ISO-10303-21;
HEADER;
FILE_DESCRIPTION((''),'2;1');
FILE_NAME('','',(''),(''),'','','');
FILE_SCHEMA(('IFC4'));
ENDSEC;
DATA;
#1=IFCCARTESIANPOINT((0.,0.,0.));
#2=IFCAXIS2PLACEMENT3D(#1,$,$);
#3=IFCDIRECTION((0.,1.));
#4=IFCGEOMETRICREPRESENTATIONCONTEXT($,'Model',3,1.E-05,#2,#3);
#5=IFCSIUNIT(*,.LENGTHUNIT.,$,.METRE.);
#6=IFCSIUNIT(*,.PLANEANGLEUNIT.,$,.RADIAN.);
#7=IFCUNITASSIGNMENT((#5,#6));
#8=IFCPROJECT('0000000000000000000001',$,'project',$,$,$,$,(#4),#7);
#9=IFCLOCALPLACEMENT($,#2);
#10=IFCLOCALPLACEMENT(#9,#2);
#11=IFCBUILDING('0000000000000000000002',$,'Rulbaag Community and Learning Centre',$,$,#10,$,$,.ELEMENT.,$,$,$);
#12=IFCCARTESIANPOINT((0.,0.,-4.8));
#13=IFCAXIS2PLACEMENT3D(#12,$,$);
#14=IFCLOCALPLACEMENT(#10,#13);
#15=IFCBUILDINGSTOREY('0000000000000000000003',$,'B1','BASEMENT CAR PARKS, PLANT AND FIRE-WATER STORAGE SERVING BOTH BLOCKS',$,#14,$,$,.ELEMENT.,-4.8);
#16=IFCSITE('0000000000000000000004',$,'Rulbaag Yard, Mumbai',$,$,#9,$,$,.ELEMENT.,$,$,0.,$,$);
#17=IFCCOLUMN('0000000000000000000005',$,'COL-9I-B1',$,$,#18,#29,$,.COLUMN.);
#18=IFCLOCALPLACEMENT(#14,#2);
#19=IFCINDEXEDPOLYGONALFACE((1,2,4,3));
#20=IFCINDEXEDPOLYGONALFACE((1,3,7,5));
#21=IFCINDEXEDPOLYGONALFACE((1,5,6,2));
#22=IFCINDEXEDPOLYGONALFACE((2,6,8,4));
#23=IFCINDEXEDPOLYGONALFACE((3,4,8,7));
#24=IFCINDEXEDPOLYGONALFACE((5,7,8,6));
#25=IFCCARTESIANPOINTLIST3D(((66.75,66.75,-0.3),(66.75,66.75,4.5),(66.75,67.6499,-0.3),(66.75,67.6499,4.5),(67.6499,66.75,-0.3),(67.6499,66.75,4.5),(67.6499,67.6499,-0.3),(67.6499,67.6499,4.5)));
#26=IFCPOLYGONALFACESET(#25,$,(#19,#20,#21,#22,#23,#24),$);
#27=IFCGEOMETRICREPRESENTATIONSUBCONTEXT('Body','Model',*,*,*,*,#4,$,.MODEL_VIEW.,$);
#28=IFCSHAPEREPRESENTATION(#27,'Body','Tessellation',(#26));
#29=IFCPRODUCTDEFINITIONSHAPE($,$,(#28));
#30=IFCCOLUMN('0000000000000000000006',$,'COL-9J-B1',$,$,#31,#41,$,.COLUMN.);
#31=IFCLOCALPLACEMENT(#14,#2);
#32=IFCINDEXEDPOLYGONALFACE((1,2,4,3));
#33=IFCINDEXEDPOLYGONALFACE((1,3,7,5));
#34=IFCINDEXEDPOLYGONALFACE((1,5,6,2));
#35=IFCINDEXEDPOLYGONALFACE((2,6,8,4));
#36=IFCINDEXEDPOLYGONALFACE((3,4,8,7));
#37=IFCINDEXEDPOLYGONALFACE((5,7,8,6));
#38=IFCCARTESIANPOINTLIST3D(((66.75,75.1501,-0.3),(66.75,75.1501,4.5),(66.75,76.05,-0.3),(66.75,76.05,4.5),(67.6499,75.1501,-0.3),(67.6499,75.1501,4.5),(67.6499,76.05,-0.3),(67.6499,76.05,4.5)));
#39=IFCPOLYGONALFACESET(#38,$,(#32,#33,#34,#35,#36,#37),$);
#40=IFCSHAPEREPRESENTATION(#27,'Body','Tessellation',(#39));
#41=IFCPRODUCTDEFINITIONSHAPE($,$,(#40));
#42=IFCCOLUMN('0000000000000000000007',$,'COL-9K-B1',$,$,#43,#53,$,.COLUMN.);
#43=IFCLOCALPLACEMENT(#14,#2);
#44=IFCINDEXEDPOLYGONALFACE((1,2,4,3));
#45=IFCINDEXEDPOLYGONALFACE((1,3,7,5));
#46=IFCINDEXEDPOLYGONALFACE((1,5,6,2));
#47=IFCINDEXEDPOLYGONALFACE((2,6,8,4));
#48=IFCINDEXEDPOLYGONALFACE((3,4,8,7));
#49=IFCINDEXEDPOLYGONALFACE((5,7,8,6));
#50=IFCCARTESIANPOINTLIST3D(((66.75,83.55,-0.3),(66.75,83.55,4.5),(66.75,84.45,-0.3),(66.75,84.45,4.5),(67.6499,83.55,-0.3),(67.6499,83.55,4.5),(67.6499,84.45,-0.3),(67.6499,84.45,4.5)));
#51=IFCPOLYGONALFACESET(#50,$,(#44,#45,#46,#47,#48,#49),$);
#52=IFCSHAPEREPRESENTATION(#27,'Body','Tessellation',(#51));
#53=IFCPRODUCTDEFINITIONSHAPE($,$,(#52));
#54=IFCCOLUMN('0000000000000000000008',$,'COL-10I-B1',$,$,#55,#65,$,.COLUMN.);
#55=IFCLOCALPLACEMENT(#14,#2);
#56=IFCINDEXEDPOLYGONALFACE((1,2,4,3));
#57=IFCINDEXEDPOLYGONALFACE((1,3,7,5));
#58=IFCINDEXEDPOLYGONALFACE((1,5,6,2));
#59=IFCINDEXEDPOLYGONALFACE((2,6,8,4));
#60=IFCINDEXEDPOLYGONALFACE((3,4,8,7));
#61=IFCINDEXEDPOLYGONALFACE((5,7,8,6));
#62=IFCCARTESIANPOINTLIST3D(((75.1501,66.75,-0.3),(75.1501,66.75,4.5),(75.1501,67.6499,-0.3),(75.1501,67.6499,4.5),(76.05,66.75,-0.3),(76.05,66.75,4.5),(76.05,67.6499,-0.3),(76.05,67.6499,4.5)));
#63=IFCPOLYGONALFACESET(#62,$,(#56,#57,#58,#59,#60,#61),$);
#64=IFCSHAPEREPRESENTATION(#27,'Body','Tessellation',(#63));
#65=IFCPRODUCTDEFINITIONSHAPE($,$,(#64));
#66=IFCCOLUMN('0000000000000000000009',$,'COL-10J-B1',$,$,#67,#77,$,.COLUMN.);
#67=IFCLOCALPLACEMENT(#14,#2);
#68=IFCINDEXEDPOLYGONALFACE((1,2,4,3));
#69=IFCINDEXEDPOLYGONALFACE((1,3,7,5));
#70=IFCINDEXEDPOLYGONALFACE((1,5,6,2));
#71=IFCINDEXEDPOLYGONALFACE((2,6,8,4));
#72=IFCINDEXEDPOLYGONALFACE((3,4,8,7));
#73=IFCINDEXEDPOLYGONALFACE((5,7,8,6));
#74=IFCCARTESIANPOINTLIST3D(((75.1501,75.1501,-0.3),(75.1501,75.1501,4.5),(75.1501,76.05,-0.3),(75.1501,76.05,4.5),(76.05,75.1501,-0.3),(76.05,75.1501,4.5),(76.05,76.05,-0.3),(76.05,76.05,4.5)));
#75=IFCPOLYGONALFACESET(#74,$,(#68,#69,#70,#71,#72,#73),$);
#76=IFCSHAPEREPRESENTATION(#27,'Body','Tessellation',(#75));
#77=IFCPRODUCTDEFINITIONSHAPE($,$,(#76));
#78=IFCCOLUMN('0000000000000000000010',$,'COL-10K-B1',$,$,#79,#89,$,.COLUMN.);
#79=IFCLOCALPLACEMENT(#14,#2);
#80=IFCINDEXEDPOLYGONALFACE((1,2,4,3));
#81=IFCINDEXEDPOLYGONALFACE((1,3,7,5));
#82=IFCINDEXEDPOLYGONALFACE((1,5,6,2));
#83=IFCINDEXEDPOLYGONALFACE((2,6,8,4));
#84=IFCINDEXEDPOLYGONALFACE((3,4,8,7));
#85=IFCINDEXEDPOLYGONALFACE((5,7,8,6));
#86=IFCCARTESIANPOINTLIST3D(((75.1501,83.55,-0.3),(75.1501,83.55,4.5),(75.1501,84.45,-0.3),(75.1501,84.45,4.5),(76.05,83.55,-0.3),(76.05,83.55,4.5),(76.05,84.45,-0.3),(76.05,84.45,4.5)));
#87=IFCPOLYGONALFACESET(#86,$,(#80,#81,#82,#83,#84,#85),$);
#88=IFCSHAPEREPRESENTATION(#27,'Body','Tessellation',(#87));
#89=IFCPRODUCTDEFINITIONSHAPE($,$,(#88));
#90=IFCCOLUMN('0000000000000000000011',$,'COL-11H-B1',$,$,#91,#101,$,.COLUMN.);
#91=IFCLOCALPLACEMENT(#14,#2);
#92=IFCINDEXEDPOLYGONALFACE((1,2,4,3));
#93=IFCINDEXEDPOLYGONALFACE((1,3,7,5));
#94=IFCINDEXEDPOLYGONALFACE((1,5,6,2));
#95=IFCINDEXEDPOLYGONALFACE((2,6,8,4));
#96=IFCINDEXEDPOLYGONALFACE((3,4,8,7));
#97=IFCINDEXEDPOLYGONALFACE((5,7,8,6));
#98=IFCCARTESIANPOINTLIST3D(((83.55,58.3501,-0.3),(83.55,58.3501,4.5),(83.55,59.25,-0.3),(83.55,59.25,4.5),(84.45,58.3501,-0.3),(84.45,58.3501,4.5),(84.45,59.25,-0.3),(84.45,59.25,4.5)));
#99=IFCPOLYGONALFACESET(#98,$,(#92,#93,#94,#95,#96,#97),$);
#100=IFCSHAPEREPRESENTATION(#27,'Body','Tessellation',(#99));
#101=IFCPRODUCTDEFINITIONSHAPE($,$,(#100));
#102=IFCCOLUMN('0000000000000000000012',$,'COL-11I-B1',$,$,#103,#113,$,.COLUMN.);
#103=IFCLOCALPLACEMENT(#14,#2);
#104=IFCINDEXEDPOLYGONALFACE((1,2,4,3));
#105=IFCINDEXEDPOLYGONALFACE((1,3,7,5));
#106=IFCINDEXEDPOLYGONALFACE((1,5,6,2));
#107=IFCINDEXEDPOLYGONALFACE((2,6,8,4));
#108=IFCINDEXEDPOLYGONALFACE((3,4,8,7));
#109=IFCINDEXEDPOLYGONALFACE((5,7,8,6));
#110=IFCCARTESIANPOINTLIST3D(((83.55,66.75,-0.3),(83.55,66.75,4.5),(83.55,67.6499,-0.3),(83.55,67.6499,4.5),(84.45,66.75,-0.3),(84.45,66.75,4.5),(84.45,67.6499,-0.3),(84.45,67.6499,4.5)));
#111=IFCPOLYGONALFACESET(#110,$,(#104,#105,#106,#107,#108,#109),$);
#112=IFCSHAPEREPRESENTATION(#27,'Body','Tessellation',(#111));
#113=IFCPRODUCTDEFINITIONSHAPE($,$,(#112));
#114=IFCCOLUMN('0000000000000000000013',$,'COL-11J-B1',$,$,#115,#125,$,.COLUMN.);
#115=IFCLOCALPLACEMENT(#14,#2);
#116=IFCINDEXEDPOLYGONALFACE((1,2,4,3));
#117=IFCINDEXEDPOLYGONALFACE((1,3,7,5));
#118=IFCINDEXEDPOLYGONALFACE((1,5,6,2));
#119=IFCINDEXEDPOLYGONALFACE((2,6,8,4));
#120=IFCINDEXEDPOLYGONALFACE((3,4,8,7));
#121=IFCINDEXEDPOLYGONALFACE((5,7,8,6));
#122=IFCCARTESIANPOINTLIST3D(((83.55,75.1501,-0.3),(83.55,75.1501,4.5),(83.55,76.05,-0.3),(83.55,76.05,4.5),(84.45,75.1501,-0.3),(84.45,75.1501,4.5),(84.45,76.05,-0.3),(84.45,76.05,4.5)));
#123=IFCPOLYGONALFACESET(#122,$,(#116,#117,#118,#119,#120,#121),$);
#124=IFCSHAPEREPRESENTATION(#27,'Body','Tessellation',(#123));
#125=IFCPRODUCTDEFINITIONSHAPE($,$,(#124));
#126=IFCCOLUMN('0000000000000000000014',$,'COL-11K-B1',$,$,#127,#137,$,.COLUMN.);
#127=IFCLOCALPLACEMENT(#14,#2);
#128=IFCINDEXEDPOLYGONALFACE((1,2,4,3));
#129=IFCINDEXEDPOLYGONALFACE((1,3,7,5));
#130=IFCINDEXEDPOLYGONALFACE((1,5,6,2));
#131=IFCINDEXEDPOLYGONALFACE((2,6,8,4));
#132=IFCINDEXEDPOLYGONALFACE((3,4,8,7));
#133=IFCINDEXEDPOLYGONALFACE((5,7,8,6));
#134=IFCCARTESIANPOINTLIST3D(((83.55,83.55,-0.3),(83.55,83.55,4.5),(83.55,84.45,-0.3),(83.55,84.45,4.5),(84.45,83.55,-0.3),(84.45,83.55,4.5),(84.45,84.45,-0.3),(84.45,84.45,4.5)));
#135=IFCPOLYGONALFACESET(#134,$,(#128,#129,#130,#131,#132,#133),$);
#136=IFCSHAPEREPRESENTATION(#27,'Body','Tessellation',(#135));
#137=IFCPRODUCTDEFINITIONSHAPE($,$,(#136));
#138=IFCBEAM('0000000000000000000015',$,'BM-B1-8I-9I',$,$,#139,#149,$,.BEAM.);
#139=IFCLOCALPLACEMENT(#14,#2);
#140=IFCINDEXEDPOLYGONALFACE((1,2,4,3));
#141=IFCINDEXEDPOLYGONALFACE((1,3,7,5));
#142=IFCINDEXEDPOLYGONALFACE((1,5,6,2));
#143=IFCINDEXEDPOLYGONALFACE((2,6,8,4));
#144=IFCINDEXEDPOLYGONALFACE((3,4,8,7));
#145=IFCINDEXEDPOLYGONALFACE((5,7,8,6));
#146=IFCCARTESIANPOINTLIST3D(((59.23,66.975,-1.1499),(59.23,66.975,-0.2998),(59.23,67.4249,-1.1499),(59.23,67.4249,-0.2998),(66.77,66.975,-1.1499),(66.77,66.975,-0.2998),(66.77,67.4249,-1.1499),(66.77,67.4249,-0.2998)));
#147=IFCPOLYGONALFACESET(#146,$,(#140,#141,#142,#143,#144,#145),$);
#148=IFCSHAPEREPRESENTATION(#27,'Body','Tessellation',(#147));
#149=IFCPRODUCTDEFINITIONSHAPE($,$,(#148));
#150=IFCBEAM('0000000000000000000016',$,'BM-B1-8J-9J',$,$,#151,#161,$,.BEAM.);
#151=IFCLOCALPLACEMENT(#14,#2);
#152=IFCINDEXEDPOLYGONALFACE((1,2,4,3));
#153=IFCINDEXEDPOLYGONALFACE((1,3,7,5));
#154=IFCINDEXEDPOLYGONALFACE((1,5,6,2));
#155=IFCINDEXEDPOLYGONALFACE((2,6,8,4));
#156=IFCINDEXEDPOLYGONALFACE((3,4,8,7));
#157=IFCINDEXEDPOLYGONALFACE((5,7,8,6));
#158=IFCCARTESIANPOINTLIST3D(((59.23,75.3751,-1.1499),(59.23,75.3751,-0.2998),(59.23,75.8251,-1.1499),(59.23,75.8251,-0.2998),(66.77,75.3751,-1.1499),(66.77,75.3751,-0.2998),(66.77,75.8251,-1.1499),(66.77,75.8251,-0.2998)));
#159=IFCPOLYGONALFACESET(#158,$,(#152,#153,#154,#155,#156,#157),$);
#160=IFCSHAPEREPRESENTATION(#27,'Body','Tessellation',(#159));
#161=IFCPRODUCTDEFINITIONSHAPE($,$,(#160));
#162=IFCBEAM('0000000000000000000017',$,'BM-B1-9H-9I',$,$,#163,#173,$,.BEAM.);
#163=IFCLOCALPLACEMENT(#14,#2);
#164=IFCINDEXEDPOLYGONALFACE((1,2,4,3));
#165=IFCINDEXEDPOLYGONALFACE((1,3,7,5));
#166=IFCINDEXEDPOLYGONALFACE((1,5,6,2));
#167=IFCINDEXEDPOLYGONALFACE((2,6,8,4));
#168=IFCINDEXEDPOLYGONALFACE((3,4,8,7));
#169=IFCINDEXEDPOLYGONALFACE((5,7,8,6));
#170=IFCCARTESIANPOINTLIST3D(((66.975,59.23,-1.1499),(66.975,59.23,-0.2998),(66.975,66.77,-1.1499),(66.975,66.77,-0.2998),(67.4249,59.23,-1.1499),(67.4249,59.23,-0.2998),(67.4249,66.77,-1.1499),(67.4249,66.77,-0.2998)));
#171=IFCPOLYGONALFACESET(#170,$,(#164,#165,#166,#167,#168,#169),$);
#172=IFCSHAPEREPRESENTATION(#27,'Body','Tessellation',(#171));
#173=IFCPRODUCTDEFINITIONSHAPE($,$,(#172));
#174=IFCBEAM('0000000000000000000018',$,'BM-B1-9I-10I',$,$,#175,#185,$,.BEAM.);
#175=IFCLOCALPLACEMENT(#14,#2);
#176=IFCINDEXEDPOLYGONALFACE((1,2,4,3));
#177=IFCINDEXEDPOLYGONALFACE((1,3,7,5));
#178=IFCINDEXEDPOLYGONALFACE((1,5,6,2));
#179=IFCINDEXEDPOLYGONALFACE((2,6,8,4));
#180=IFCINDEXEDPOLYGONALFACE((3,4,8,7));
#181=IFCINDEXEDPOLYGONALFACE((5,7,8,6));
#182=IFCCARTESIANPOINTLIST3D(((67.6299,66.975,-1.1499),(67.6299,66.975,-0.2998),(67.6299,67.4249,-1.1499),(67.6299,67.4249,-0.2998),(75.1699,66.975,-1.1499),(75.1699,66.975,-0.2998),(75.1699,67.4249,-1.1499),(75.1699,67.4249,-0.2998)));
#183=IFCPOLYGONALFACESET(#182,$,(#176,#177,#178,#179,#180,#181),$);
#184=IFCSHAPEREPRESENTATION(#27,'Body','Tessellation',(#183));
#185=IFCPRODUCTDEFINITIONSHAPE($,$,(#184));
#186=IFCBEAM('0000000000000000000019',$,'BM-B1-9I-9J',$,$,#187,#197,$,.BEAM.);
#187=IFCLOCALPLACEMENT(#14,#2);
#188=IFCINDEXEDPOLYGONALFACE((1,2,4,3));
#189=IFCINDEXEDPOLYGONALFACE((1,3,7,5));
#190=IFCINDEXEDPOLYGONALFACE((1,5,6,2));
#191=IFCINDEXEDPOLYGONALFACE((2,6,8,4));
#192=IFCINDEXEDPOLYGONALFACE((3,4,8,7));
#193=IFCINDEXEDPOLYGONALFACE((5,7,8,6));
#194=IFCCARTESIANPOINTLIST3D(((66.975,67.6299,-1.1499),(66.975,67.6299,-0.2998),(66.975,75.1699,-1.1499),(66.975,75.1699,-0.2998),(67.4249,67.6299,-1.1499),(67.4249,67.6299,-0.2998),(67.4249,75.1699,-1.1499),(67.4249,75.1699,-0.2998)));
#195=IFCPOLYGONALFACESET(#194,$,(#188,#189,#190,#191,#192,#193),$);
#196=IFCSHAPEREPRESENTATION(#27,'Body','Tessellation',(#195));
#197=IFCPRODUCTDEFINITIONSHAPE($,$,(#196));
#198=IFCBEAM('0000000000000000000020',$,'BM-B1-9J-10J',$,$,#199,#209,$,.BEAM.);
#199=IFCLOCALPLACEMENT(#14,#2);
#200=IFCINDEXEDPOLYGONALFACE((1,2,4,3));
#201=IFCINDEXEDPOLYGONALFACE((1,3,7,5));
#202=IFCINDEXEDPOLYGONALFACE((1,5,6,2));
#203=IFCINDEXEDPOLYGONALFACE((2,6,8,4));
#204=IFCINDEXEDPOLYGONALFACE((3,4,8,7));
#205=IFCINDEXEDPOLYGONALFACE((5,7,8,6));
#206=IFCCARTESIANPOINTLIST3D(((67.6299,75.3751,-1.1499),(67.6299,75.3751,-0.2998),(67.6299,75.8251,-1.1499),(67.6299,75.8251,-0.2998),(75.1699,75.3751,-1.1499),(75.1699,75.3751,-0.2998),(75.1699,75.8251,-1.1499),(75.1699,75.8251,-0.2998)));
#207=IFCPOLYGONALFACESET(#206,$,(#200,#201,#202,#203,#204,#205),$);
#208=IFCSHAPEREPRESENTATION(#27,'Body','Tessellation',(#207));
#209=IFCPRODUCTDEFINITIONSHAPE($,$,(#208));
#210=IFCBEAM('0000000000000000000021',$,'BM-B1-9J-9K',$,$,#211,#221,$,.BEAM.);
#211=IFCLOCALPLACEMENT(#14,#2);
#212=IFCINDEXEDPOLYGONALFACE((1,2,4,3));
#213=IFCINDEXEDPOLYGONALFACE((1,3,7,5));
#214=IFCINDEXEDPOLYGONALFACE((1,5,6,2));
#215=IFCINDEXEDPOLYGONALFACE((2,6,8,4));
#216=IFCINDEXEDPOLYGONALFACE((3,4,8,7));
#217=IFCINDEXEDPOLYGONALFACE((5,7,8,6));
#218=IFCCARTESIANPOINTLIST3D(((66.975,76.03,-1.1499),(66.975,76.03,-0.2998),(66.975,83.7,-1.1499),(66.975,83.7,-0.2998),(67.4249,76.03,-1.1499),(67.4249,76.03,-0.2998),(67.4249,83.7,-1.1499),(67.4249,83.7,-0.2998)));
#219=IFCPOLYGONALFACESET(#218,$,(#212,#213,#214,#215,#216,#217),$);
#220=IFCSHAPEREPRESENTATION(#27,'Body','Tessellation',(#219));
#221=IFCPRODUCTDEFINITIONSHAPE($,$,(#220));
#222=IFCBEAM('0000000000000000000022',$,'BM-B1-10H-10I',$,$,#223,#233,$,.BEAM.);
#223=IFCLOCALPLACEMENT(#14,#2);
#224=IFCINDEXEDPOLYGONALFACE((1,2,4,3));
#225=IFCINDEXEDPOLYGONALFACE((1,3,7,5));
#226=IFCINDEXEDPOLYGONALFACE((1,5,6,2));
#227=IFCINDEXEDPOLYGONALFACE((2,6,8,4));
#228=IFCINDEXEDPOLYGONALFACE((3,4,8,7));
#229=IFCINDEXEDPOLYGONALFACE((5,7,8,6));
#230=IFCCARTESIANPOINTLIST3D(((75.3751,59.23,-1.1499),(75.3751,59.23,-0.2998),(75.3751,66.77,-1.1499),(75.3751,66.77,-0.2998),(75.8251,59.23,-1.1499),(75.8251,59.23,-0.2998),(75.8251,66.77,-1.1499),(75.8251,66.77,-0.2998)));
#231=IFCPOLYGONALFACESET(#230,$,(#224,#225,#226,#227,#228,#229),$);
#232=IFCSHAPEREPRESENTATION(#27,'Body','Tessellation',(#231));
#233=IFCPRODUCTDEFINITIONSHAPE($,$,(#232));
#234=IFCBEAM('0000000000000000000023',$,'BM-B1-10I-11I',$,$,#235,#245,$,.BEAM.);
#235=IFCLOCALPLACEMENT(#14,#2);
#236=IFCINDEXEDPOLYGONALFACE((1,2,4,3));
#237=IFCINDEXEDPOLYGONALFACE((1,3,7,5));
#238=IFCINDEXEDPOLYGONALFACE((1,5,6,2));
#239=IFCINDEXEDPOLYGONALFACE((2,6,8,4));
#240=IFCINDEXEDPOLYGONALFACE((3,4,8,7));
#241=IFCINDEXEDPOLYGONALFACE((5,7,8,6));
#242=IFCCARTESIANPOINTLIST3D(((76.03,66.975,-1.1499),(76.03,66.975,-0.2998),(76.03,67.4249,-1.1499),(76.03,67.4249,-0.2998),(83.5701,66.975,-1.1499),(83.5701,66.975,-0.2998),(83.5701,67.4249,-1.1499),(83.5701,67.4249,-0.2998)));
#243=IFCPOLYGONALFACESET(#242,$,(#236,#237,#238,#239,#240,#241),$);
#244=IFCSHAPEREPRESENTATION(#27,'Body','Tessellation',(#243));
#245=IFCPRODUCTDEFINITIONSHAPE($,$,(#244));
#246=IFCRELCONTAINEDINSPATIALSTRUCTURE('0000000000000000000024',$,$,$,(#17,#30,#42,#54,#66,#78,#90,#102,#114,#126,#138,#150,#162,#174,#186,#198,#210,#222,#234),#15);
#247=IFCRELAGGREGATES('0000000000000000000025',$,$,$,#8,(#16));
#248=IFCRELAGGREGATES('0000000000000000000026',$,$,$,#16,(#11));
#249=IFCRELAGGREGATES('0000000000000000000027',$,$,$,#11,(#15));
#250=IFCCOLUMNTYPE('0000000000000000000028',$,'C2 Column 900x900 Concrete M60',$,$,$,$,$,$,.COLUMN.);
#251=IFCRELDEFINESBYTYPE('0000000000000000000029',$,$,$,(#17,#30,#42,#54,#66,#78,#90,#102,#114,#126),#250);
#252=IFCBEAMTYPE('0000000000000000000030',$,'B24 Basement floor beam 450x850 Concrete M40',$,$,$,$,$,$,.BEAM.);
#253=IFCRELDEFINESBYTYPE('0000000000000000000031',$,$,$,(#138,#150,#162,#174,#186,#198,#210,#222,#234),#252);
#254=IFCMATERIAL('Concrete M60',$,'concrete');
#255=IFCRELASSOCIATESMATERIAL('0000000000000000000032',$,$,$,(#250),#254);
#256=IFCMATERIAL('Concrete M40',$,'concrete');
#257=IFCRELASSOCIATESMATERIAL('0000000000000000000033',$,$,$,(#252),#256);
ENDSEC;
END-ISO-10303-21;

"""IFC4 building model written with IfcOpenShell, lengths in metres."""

from ifc_helpers import new_model, si_unit, direction, frame, origin, origin_2d, place, context, subcontext, project, spatial, rectangle, extrude, material, material_profile, profile_set, type_object, element, save


model = new_model("IFC4")

# Units and contexts
model_context = context("Model", 3, precision=1e-05, world=origin(), true_north=direction((0.0, 1.0)))
body_context = subcontext(model_context, "Body", "Model", "MODEL_VIEW")
ifc_project = project(units=[si_unit("LENGTHUNIT", "METRE"), si_unit("PLANEANGLEUNIT", "RADIAN")], contexts=[model_context])

# Site, building, storey
site_placement = place(None, origin())
site = spatial("IfcSite", under=ifc_project, at=site_placement, Name="Rulbaag Yard, Mumbai", CompositionType="ELEMENT", RefElevation=0.0)
building_placement = place(site_placement, origin())
building = spatial("IfcBuilding", under=site, at=building_placement, Name="Rulbaag Community and Learning Centre", CompositionType="ELEMENT")
storey_placement = place(building_placement, frame((0.0, 0.0, -4.8)))
storey = spatial("IfcBuildingStorey", under=building, at=storey_placement, Name="B1", Description="BASEMENT CAR PARKS, PLANT AND FIRE-WATER STORAGE SERVING BOTH BLOCKS", CompositionType="ELEMENT", Elevation=-4.8)

# Columns
ifc_material_1 = material(Name="Concrete M60", Category="concrete")
ifc_material_profile_1 = material_profile(ifc_material_1, rectangle(XDim=0.8999, YDim=0.8999, at=origin_2d()), Name="RC900x900")
ifc_profile_set_1 = profile_set([ifc_material_profile_1], Name="Concrete M60")
column_type = type_object("IfcColumnType", Name="C2 Column 900x900 Concrete M60", PredefinedType="COLUMN", material=ifc_profile_set_1)
for number, where, z_axis, x_axis, name in (
    (1, (67.2, 67.2, -0.3), (0.0, 0.0, 1.0), (1.0, 0.0, 0.0), "COL-9I-B1"),
    (2, (67.2, 75.6001, -0.3), (0.0, 0.0, 1.0), (1.0, 0.0, 0.0), "COL-9J-B1"),
    (3, (67.2, 84.0, -0.3), (0.0, 0.0, 1.0), (1.0, 0.0, 0.0), "COL-9K-B1"),
    (4, (75.6001, 67.2, -0.3), (0.0, 0.0, 1.0), (1.0, 0.0, 0.0), "COL-10I-B1"),
    (5, (75.6001, 75.6001, -0.3), (0.0, 0.0, 1.0), (1.0, 0.0, 0.0), "COL-10J-B1"),
    (6, (75.6001, 84.0, -0.3), (0.0, 0.0, 1.0), (1.0, 0.0, 0.0), "COL-10K-B1"),
    (7, (84.0, 58.8, -0.3), (0.0, 0.0, 1.0), (1.0, 0.0, 0.0), "COL-11H-B1"),
    (8, (84.0, 67.2, -0.3), (0.0, 0.0, 1.0), (1.0, 0.0, 0.0), "COL-11I-B1"),
    (9, (84.0, 75.6001, -0.3), (0.0, 0.0, 1.0), (1.0, 0.0, 0.0), "COL-11J-B1"),
    (10, (84.0, 84.0, -0.3), (0.0, 0.0, 1.0), (1.0, 0.0, 0.0), "COL-11K-B1"),
):
    element("IfcColumn", number, at=place(storey_placement, frame(where, z_axis=z_axis, x_axis=x_axis)), inside=storey, type_object=column_type, Name=name, PredefinedType="COLUMN", context=body_context, shape_type="SweptSolid", body=[
        extrude(rectangle(XDim=0.8999, YDim=0.8999, at=origin_2d()), origin(), (0.0, 0.0, 1.0), 4.8),
    ])

# Beams
ifc_material_2 = material(Name="Concrete M40", Category="concrete")
ifc_material_profile_2 = material_profile(ifc_material_2, rectangle(XDim=0.45, YDim=0.8501, at=origin_2d()), Name="RB450x850")
ifc_profile_set_2 = profile_set([ifc_material_profile_2], Name="Concrete M40")
beam_type = type_object("IfcBeamType", Name="B24 Basement floor beam 450x850 Concrete M40", PredefinedType="BEAM", material=ifc_profile_set_2)
for number, where, z_axis, x_axis, name in (
    (11, (59.23, 67.2, -0.7249), (1.0, 0.0, 0.0), (0.0, 1.0, 0.0), "BM-B1-8I-9I"),
    (12, (59.23, 75.6001, -0.7249), (1.0, 0.0, 0.0), (0.0, 1.0, 0.0), "BM-B1-8J-9J"),
    (13, (67.2, 59.23, -0.7249), (0.0, 1.0, 0.0), (-1.0, 0.0, 0.0), "BM-B1-9H-9I"),
    (14, (67.6299, 67.2, -0.7249), (1.0, 0.0, 0.0), (0.0, 1.0, 0.0), "BM-B1-9I-10I"),
    (15, (67.2, 67.6299, -0.7249), (0.0, 1.0, 0.0), (-1.0, 0.0, 0.0), "BM-B1-9I-9J"),
    (16, (67.6299, 75.6001, -0.7249), (1.0, 0.0, 0.0), (0.0, 1.0, 0.0), "BM-B1-9J-10J"),
):
    element("IfcBeam", number, at=place(storey_placement, frame(where, z_axis=z_axis, x_axis=x_axis)), inside=storey, type_object=beam_type, Name=name, PredefinedType="BEAM", context=body_context, shape_type="SweptSolid", body=[
        extrude(rectangle(XDim=0.45, YDim=0.8501, at=origin_2d()), origin(), (0.0, 0.0, 1.0), 7.54),
    ])
beam_1_placement = place(storey_placement, frame((67.2, 76.03, -0.7249), z_axis=(0.0, 1.0, 0.0), x_axis=(-1.0, 0.0, 0.0)))
element("IfcBeam", 17, at=beam_1_placement, inside=storey, type_object=beam_type, Name="BM-B1-9J-9K", PredefinedType="BEAM", context=body_context, shape_type="SweptSolid", body=[
    extrude(rectangle(XDim=0.45, YDim=0.8501, at=origin_2d()), origin(), (0.0, 0.0, 1.0), 7.6699),
])
for number, where, z_axis, x_axis, name in (
    (18, (75.6001, 59.23, -0.7249), (0.0, 1.0, 0.0), (-1.0, 0.0, 0.0), "BM-B1-10H-10I"),
    (19, (76.03, 67.2, -0.7249), (1.0, 0.0, 0.0), (0.0, 1.0, 0.0), "BM-B1-10I-11I"),
):
    element("IfcBeam", number, at=place(storey_placement, frame(where, z_axis=z_axis, x_axis=x_axis)), inside=storey, type_object=beam_type, Name=name, PredefinedType="BEAM", context=body_context, shape_type="SweptSolid", body=[
        extrude(rectangle(XDim=0.45, YDim=0.8501, at=origin_2d()), origin(), (0.0, 0.0, 1.0), 7.54),
    ])

save(model, "model.ifc")
